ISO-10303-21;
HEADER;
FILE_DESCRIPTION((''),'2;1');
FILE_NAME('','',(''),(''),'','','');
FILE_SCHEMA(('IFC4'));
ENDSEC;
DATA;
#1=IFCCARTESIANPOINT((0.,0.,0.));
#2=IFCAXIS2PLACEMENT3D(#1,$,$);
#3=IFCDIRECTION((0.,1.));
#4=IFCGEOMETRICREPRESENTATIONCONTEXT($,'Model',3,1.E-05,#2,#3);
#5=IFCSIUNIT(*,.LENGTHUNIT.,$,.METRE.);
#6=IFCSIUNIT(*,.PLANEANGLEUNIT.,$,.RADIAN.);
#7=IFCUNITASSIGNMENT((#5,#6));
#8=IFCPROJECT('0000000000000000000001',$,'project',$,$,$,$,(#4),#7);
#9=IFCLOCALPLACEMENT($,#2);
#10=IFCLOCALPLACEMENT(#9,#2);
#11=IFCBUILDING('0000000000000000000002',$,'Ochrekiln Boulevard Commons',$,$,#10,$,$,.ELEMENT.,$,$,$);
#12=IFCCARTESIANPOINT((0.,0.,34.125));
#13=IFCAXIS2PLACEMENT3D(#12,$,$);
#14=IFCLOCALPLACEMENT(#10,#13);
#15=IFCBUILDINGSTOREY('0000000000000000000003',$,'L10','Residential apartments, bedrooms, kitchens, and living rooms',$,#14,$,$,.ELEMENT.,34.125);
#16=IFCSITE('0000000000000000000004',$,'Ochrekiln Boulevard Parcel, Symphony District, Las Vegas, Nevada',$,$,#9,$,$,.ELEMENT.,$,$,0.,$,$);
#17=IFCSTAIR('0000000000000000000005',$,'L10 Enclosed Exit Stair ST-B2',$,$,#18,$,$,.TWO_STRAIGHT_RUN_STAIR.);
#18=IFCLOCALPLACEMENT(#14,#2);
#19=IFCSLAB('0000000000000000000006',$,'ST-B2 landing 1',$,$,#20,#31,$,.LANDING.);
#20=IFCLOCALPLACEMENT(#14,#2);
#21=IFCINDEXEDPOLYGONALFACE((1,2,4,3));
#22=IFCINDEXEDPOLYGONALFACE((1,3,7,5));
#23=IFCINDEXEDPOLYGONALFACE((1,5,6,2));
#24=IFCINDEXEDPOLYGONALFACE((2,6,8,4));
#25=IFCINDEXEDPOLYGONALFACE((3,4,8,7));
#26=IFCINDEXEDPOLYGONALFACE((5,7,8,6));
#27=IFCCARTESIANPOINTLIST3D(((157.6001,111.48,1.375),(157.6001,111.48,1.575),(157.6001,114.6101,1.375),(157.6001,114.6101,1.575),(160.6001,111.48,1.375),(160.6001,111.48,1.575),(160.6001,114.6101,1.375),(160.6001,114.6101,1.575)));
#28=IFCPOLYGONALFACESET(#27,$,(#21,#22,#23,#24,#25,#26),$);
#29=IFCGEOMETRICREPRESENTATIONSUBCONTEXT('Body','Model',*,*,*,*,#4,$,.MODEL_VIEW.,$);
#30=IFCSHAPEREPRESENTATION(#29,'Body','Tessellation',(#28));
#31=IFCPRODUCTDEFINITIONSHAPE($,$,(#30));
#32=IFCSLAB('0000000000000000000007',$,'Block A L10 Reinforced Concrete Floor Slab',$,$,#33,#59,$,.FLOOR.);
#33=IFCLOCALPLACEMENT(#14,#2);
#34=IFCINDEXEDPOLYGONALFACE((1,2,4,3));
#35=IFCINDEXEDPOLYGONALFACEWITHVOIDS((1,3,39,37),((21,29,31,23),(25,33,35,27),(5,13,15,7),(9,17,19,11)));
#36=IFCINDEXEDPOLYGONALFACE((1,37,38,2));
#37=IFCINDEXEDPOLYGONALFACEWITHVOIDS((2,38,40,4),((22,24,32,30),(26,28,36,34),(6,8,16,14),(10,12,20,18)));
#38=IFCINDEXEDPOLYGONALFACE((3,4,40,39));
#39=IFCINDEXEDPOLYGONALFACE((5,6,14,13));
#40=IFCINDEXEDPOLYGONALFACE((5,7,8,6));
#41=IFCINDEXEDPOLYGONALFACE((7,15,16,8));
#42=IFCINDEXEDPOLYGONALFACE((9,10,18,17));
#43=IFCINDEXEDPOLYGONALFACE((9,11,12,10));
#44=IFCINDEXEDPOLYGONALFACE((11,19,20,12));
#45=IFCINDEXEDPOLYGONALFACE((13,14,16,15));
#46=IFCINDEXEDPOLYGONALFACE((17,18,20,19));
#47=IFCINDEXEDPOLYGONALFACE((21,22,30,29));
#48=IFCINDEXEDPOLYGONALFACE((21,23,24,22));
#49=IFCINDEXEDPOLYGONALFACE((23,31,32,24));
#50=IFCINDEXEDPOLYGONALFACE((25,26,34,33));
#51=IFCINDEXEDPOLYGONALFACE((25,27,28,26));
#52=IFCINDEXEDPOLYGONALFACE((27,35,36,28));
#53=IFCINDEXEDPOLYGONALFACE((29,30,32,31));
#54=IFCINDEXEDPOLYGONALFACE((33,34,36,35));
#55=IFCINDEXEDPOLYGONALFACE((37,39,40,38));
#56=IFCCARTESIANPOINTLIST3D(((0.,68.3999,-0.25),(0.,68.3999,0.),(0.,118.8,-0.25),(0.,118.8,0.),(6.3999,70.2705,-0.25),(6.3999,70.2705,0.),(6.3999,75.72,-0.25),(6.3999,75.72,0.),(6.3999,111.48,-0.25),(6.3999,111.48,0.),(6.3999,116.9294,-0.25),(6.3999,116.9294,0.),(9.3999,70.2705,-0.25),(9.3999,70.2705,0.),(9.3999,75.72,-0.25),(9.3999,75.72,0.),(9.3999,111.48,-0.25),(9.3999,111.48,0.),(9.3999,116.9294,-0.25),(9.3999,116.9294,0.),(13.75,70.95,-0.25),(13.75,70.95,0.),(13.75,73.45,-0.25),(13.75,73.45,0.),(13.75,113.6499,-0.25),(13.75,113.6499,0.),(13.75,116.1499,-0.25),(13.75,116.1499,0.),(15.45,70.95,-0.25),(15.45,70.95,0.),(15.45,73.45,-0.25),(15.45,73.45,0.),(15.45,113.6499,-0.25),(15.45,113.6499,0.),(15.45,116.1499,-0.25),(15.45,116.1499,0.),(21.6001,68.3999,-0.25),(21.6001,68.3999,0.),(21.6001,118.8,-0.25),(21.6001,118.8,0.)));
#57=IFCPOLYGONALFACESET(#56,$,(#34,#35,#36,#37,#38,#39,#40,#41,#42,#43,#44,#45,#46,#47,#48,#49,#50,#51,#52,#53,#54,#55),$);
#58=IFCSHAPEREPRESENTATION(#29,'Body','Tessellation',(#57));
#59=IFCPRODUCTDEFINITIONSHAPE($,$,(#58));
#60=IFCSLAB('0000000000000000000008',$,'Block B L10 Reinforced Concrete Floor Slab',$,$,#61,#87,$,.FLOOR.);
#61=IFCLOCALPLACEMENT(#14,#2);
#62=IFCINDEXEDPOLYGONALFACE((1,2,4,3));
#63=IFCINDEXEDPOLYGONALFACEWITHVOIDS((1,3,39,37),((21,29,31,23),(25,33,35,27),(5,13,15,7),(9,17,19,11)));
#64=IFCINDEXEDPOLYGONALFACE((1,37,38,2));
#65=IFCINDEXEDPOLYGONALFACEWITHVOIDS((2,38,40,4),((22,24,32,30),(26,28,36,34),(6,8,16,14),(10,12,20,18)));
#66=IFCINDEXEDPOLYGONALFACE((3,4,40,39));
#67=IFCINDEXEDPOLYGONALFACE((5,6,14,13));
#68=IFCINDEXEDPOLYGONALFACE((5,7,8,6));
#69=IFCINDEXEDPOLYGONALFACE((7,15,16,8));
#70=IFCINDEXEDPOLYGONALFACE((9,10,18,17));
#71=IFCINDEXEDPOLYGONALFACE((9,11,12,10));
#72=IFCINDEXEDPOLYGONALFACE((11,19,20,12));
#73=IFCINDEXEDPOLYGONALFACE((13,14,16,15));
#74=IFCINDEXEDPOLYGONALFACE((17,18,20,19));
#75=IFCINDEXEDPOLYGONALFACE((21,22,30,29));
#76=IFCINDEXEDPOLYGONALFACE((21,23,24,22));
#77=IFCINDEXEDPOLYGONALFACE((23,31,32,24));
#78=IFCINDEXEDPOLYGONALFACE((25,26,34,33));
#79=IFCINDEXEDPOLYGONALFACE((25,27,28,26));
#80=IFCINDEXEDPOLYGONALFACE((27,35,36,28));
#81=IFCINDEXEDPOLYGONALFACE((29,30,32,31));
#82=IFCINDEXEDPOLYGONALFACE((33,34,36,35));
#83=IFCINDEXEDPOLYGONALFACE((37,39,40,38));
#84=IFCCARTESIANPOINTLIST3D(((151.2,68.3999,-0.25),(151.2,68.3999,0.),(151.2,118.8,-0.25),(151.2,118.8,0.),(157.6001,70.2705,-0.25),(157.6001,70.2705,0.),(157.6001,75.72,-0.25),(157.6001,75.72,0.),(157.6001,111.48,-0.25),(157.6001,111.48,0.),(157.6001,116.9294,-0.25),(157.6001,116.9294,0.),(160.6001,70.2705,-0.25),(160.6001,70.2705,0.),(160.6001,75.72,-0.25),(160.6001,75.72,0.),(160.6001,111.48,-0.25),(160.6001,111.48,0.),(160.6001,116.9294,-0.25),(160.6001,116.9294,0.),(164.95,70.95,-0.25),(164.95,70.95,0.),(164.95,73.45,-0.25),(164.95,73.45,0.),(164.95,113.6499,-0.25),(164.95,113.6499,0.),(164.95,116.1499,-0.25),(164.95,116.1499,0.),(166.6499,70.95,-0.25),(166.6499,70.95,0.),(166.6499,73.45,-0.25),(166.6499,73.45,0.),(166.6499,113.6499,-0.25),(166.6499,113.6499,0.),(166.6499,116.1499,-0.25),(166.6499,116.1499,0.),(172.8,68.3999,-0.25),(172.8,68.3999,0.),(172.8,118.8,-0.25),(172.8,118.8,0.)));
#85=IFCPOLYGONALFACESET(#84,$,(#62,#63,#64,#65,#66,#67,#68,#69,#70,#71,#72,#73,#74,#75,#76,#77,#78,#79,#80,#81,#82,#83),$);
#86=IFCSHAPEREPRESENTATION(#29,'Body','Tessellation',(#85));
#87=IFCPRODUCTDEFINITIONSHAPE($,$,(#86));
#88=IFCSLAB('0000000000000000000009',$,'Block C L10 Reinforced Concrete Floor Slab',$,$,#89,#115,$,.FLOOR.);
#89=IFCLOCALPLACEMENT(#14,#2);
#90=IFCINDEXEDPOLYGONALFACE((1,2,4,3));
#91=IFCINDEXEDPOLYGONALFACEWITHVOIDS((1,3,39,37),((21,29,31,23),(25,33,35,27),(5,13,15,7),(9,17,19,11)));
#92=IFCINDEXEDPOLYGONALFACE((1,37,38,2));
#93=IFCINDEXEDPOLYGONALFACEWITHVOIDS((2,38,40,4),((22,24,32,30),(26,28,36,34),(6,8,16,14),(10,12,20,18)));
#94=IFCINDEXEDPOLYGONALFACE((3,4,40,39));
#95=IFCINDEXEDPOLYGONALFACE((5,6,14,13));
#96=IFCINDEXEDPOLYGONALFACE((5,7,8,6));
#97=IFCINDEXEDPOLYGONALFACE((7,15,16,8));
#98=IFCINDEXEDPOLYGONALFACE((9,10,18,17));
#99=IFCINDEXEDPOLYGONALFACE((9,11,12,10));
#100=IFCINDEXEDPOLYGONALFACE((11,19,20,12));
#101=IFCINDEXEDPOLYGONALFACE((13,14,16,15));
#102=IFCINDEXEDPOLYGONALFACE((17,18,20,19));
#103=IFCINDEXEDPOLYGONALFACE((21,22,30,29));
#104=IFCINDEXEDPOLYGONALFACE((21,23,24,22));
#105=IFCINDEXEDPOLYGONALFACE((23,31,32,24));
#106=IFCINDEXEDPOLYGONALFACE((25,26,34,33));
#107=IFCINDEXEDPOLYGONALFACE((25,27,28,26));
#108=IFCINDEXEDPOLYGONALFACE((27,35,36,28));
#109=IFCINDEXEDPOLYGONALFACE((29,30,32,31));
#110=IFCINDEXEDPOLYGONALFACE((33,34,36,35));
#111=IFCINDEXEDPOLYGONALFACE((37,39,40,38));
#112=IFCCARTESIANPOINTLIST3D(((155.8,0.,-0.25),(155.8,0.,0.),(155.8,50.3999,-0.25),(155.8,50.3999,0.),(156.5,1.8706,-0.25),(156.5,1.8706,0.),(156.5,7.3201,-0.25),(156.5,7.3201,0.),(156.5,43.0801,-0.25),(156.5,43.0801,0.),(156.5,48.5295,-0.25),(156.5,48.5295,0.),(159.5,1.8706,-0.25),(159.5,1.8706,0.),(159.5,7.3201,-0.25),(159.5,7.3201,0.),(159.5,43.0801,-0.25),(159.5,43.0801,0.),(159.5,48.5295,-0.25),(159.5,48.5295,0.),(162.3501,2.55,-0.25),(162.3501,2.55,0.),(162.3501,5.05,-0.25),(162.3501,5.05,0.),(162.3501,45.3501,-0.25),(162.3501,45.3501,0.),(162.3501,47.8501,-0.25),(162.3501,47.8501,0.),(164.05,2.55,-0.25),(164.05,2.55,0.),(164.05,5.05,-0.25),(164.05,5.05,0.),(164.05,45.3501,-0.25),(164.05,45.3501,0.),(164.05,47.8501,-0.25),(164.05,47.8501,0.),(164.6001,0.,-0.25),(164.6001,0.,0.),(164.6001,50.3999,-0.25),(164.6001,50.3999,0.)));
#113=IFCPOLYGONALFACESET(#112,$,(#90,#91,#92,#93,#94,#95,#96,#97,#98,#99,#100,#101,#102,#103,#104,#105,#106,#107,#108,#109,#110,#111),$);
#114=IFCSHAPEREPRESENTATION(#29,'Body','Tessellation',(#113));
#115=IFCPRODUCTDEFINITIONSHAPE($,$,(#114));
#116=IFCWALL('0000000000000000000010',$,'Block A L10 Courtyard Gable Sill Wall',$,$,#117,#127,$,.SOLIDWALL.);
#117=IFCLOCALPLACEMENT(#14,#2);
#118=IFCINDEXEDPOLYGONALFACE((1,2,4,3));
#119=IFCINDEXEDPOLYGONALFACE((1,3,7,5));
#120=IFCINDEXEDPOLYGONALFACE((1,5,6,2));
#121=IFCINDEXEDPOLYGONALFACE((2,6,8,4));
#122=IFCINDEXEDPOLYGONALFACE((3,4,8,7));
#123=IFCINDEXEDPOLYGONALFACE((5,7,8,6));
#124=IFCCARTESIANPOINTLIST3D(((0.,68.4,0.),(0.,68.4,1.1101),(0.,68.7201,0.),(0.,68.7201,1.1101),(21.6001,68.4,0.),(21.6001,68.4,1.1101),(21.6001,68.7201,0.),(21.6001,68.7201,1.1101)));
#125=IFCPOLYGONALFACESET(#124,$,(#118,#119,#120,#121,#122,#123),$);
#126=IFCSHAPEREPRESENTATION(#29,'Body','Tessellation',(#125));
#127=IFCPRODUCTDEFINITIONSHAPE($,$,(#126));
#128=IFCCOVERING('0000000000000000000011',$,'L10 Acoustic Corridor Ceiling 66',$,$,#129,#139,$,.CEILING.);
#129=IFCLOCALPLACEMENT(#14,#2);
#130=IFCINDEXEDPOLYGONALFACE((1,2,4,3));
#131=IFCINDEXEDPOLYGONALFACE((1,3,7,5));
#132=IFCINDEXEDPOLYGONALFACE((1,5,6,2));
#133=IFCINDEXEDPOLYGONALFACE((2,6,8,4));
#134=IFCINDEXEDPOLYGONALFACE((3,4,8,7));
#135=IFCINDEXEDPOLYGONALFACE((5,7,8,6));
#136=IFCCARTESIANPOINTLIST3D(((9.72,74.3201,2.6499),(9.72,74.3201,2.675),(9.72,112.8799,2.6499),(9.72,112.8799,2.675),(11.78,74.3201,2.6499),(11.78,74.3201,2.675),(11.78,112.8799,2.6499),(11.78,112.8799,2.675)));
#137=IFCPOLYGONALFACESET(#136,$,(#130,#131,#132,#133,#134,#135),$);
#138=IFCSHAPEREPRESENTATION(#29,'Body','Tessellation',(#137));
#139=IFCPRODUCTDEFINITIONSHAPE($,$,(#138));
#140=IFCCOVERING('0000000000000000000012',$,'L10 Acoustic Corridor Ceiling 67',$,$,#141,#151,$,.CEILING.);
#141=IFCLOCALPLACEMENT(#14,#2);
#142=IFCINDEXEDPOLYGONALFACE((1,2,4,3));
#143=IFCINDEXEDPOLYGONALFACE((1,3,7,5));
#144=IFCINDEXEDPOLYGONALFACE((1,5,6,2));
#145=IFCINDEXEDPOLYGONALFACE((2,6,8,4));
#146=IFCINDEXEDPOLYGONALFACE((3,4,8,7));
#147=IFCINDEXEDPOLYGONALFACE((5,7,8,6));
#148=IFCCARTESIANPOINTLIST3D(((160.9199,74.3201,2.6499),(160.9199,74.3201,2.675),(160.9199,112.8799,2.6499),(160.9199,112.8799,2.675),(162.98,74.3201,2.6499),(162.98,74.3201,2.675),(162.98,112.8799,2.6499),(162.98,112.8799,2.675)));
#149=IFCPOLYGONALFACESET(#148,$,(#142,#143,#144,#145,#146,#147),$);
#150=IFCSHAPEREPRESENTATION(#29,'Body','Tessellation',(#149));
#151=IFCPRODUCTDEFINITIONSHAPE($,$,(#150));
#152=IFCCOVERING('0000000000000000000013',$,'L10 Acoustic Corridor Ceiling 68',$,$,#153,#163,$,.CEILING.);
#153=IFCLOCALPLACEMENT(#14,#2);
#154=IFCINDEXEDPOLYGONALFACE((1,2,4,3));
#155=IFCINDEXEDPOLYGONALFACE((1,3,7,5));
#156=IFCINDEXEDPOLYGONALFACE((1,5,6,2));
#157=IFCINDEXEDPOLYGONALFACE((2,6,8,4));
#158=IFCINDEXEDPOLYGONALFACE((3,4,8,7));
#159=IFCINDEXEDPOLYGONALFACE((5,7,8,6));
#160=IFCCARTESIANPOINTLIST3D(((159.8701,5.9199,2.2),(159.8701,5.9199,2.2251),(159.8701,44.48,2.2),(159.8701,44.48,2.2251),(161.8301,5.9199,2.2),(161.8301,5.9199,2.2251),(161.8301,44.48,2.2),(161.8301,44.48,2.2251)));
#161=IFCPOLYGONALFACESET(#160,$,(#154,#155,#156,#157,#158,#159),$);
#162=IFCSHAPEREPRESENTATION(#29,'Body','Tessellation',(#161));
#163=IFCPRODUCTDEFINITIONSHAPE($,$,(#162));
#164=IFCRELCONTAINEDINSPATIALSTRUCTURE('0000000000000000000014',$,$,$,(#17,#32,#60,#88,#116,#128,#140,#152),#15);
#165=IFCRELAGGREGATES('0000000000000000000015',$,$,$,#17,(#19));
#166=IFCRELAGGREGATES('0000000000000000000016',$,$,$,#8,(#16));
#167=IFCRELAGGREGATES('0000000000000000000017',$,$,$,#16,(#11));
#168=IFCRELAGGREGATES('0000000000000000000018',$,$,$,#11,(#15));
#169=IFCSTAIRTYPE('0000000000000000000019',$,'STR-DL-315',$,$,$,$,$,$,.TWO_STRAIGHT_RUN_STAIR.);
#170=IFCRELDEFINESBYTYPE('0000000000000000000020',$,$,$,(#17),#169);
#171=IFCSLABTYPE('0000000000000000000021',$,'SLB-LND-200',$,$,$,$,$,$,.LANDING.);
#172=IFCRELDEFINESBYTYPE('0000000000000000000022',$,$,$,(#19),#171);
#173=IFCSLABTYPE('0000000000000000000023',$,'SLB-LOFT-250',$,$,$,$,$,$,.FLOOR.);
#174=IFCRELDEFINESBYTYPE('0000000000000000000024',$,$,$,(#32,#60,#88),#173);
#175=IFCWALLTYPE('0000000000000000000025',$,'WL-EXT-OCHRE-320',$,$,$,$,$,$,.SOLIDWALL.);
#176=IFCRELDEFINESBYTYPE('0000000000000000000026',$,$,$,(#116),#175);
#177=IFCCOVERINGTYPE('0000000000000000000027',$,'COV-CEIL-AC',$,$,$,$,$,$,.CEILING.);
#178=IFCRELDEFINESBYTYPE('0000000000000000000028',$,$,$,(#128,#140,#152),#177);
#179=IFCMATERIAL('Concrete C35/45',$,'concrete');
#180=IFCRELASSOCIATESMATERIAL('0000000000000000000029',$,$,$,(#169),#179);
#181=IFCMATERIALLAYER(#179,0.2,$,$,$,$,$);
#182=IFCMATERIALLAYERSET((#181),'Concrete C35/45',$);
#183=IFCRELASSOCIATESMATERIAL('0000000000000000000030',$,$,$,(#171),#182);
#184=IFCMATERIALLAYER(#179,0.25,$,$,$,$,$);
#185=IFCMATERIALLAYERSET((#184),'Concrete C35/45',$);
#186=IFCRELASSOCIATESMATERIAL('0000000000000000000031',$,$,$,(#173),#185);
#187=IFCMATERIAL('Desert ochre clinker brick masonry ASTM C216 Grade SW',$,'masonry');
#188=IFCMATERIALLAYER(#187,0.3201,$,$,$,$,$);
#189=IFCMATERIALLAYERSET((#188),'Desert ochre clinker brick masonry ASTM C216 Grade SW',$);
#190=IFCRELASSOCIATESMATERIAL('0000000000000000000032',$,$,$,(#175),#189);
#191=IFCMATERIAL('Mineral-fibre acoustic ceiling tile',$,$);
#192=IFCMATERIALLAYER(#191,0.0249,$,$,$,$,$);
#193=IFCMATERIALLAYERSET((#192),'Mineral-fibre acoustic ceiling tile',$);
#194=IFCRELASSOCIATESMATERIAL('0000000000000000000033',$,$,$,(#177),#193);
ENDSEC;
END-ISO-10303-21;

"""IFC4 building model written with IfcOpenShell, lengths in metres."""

from ifc_helpers import new_model, si_unit, direction, frame, frame_2d, origin, place, context, subcontext, project, spatial, polyline, rectangle, outline, extrude, material, layer, layer_set, type_object, element, aggregate, save


model = new_model("IFC4")

# Units and contexts
model_context = context("Model", 3, precision=1e-05, world=origin(), true_north=direction((0.0, 1.0)))
body_context = subcontext(model_context, "Body", "Model", "MODEL_VIEW")
ifc_project = project(units=[si_unit("LENGTHUNIT", "METRE"), si_unit("PLANEANGLEUNIT", "RADIAN")], contexts=[model_context])

# Site, building, storey
site_placement = place(None, origin())
site = spatial("IfcSite", under=ifc_project, at=site_placement, Name="Ochrekiln Boulevard Parcel, Symphony District, Las Vegas, Nevada", CompositionType="ELEMENT", RefElevation=0.0)
building_placement = place(site_placement, origin())
building = spatial("IfcBuilding", under=site, at=building_placement, Name="Ochrekiln Boulevard Commons", CompositionType="ELEMENT")
storey_placement = place(building_placement, frame((0.0, 0.0, 34.125)))
storey = spatial("IfcBuildingStorey", under=building, at=storey_placement, Name="L10", Description="Residential apartments, bedrooms, kitchens, and living rooms", CompositionType="ELEMENT", Elevation=34.125)

# Stair, slab
ifc_material_1 = material(Name="Concrete C35/45", Category="concrete")
stair_type = type_object("IfcStairType", Name="STR-DL-315", PredefinedType="TWO_STRAIGHT_RUN_STAIR", material=ifc_material_1)
ifc_layer_1 = layer(ifc_material_1, 0.2)
ifc_layer_set_1 = layer_set([ifc_layer_1], Name="Concrete C35/45")
slab_type_1 = type_object("IfcSlabType", Name="SLB-LND-200", PredefinedType="LANDING", material=ifc_layer_set_1)
stair_1_placement = place(storey_placement, origin())
stair_1 = element("IfcStair", 1, at=stair_1_placement, inside=storey, type_object=stair_type, Name="L10 Enclosed Exit Stair ST-B2", PredefinedType="TWO_STRAIGHT_RUN_STAIR")
slab_1_placement = place(storey_placement, frame((0.0, 0.0, 1.375)))
slab_1 = element("IfcSlab", 2, at=slab_1_placement, type_object=slab_type_1, Name="ST-B2 landing 1", PredefinedType="LANDING", context=body_context, shape_type="SweptSolid", body=[
    extrude(outline(polyline([(157.6001, 114.6101), (157.6001, 111.48), (160.6001, 111.48), (160.6001, 114.6101), (157.6001, 114.6101)])), origin(), (0.0, 0.0, 1.0), 0.2),
])
aggregate(stair_1, [slab_1])

# Slabs
ifc_layer_2 = layer(ifc_material_1, 0.25)
ifc_layer_set_2 = layer_set([ifc_layer_2], Name="Concrete C35/45")
slab_type_2 = type_object("IfcSlabType", Name="SLB-LOFT-250", PredefinedType="FLOOR", material=ifc_layer_set_2)
slab_2_placement = place(storey_placement, frame((0.0, 0.0, -0.25)))
element("IfcSlab", 3, at=slab_2_placement, inside=storey, type_object=slab_type_2, Name="Block A L10 Reinforced Concrete Floor Slab", PredefinedType="FLOOR", context=body_context, shape_type="SweptSolid", body=[
    extrude(outline(polyline([(0.0, 68.3999), (21.6001, 68.3999), (21.6001, 118.8), (0.0, 118.8), (0.0, 68.3999)]), holes=[polyline([(9.3999, 70.2705), (9.3999, 75.72), (6.3999, 75.72), (6.3999, 70.2705), (9.3999, 70.2705)]), polyline([(6.3999, 116.9294), (6.3999, 111.48), (9.3999, 111.48), (9.3999, 116.9294), (6.3999, 116.9294)]), polyline([(13.75, 70.95), (15.45, 70.95), (15.45, 73.45), (13.75, 73.45), (13.75, 70.95)]), polyline([(13.75, 113.6499), (15.45, 113.6499), (15.45, 116.1499), (13.75, 116.1499), (13.75, 113.6499)])]), origin(), (0.0, 0.0, 1.0), 0.25),
])
slab_3_placement = place(storey_placement, frame((0.0, 0.0, -0.25)))
element("IfcSlab", 4, at=slab_3_placement, inside=storey, type_object=slab_type_2, Name="Block B L10 Reinforced Concrete Floor Slab", PredefinedType="FLOOR", context=body_context, shape_type="SweptSolid", body=[
    extrude(outline(polyline([(151.2, 68.3999), (172.8, 68.3999), (172.8, 118.8), (151.2, 118.8), (151.2, 68.3999)]), holes=[polyline([(160.6001, 70.2705), (160.6001, 75.72), (157.6001, 75.72), (157.6001, 70.2705), (160.6001, 70.2705)]), polyline([(157.6001, 116.9294), (157.6001, 111.48), (160.6001, 111.48), (160.6001, 116.9294), (157.6001, 116.9294)]), polyline([(164.95, 70.95), (166.6499, 70.95), (166.6499, 73.45), (164.95, 73.45), (164.95, 70.95)]), polyline([(164.95, 113.6499), (166.6499, 113.6499), (166.6499, 116.1499), (164.95, 116.1499), (164.95, 113.6499)])]), origin(), (0.0, 0.0, 1.0), 0.25),
])
slab_4_placement = place(storey_placement, frame((0.0, 0.0, -0.25)))
element("IfcSlab", 5, at=slab_4_placement, inside=storey, type_object=slab_type_2, Name="Block C L10 Reinforced Concrete Floor Slab", PredefinedType="FLOOR", context=body_context, shape_type="SweptSolid", body=[
    extrude(outline(polyline([(155.8, 0.0), (164.6001, 0.0), (164.6001, 50.3999), (155.8, 50.3999), (155.8, 0.0)]), holes=[polyline([(159.5, 1.8706), (159.5, 7.3201), (156.5, 7.3201), (156.5, 1.8706), (159.5, 1.8706)]), polyline([(156.5, 48.5295), (156.5, 43.0801), (159.5, 43.0801), (159.5, 48.5295), (156.5, 48.5295)]), polyline([(162.3501, 2.55), (164.05, 2.55), (164.05, 5.05), (162.3501, 5.05), (162.3501, 2.55)]), polyline([(162.3501, 45.3501), (164.05, 45.3501), (164.05, 47.8501), (162.3501, 47.8501), (162.3501, 45.3501)])]), origin(), (0.0, 0.0, 1.0), 0.25),
])

# Wall
ifc_material_2 = material(Name="Desert ochre clinker brick masonry ASTM C216 Grade SW", Category="masonry")
ifc_layer_3 = layer(ifc_material_2, 0.3201)
ifc_layer_set_3 = layer_set([ifc_layer_3], Name="Desert ochre clinker brick masonry ASTM C216 Grade SW")
wall_type = type_object("IfcWallType", Name="WL-EXT-OCHRE-320", PredefinedType="SOLIDWALL", material=ifc_layer_set_3)
wall_placement = place(storey_placement, frame((0.0, 68.5601, 0.0), z_axis=(0.0, 0.0, 1.0), x_axis=(1.0, 0.0, 0.0)))
element("IfcWall", 6, at=wall_placement, inside=storey, type_object=wall_type, Name="Block A L10 Courtyard Gable Sill Wall", PredefinedType="SOLIDWALL", context=body_context, shape_type="SweptSolid", body=[
    extrude(rectangle(XDim=21.6001, YDim=0.3201, at=frame_2d((10.8, 0.0))), origin(), (0.0, 0.0, 1.0), 1.1101),
])

# Coverings
ifc_material_3 = material(Name="Mineral-fibre acoustic ceiling tile")
ifc_layer_4 = layer(ifc_material_3, 0.0249)
ifc_layer_set_4 = layer_set([ifc_layer_4], Name="Mineral-fibre acoustic ceiling tile")
covering_type = type_object("IfcCoveringType", Name="COV-CEIL-AC", PredefinedType="CEILING", material=ifc_layer_set_4)
covering_1_placement = place(storey_placement, frame((0.0, 0.0, 2.6499)))
element("IfcCovering", 7, at=covering_1_placement, inside=storey, type_object=covering_type, Name="L10 Acoustic Corridor Ceiling 66", PredefinedType="CEILING", context=body_context, shape_type="SweptSolid", body=[
    extrude(outline(polyline([(9.72, 74.3201), (11.78, 74.3201), (11.78, 112.8799), (9.72, 112.8799), (9.72, 74.3201)])), origin(), (0.0, 0.0, 1.0), 0.0251),
])
covering_2_placement = place(storey_placement, frame((0.0, 0.0, 2.6499)))
element("IfcCovering", 8, at=covering_2_placement, inside=storey, type_object=covering_type, Name="L10 Acoustic Corridor Ceiling 67", PredefinedType="CEILING", context=body_context, shape_type="SweptSolid", body=[
    extrude(outline(polyline([(160.9199, 74.3201), (162.98, 74.3201), (162.98, 112.8799), (160.9199, 112.8799), (160.9199, 74.3201)])), origin(), (0.0, 0.0, 1.0), 0.0251),
])
covering_3_placement = place(storey_placement, frame((0.0, 0.0, 2.2)))
element("IfcCovering", 9, at=covering_3_placement, inside=storey, type_object=covering_type, Name="L10 Acoustic Corridor Ceiling 68", PredefinedType="CEILING", context=body_context, shape_type="SweptSolid", body=[
    extrude(outline(polyline([(159.8701, 5.9199), (161.8301, 5.9199), (161.8301, 44.48), (159.8701, 44.48), (159.8701, 5.9199)])), origin(), (0.0, 0.0, 1.0), 0.0251),
])

save(model, "model.ifc")
